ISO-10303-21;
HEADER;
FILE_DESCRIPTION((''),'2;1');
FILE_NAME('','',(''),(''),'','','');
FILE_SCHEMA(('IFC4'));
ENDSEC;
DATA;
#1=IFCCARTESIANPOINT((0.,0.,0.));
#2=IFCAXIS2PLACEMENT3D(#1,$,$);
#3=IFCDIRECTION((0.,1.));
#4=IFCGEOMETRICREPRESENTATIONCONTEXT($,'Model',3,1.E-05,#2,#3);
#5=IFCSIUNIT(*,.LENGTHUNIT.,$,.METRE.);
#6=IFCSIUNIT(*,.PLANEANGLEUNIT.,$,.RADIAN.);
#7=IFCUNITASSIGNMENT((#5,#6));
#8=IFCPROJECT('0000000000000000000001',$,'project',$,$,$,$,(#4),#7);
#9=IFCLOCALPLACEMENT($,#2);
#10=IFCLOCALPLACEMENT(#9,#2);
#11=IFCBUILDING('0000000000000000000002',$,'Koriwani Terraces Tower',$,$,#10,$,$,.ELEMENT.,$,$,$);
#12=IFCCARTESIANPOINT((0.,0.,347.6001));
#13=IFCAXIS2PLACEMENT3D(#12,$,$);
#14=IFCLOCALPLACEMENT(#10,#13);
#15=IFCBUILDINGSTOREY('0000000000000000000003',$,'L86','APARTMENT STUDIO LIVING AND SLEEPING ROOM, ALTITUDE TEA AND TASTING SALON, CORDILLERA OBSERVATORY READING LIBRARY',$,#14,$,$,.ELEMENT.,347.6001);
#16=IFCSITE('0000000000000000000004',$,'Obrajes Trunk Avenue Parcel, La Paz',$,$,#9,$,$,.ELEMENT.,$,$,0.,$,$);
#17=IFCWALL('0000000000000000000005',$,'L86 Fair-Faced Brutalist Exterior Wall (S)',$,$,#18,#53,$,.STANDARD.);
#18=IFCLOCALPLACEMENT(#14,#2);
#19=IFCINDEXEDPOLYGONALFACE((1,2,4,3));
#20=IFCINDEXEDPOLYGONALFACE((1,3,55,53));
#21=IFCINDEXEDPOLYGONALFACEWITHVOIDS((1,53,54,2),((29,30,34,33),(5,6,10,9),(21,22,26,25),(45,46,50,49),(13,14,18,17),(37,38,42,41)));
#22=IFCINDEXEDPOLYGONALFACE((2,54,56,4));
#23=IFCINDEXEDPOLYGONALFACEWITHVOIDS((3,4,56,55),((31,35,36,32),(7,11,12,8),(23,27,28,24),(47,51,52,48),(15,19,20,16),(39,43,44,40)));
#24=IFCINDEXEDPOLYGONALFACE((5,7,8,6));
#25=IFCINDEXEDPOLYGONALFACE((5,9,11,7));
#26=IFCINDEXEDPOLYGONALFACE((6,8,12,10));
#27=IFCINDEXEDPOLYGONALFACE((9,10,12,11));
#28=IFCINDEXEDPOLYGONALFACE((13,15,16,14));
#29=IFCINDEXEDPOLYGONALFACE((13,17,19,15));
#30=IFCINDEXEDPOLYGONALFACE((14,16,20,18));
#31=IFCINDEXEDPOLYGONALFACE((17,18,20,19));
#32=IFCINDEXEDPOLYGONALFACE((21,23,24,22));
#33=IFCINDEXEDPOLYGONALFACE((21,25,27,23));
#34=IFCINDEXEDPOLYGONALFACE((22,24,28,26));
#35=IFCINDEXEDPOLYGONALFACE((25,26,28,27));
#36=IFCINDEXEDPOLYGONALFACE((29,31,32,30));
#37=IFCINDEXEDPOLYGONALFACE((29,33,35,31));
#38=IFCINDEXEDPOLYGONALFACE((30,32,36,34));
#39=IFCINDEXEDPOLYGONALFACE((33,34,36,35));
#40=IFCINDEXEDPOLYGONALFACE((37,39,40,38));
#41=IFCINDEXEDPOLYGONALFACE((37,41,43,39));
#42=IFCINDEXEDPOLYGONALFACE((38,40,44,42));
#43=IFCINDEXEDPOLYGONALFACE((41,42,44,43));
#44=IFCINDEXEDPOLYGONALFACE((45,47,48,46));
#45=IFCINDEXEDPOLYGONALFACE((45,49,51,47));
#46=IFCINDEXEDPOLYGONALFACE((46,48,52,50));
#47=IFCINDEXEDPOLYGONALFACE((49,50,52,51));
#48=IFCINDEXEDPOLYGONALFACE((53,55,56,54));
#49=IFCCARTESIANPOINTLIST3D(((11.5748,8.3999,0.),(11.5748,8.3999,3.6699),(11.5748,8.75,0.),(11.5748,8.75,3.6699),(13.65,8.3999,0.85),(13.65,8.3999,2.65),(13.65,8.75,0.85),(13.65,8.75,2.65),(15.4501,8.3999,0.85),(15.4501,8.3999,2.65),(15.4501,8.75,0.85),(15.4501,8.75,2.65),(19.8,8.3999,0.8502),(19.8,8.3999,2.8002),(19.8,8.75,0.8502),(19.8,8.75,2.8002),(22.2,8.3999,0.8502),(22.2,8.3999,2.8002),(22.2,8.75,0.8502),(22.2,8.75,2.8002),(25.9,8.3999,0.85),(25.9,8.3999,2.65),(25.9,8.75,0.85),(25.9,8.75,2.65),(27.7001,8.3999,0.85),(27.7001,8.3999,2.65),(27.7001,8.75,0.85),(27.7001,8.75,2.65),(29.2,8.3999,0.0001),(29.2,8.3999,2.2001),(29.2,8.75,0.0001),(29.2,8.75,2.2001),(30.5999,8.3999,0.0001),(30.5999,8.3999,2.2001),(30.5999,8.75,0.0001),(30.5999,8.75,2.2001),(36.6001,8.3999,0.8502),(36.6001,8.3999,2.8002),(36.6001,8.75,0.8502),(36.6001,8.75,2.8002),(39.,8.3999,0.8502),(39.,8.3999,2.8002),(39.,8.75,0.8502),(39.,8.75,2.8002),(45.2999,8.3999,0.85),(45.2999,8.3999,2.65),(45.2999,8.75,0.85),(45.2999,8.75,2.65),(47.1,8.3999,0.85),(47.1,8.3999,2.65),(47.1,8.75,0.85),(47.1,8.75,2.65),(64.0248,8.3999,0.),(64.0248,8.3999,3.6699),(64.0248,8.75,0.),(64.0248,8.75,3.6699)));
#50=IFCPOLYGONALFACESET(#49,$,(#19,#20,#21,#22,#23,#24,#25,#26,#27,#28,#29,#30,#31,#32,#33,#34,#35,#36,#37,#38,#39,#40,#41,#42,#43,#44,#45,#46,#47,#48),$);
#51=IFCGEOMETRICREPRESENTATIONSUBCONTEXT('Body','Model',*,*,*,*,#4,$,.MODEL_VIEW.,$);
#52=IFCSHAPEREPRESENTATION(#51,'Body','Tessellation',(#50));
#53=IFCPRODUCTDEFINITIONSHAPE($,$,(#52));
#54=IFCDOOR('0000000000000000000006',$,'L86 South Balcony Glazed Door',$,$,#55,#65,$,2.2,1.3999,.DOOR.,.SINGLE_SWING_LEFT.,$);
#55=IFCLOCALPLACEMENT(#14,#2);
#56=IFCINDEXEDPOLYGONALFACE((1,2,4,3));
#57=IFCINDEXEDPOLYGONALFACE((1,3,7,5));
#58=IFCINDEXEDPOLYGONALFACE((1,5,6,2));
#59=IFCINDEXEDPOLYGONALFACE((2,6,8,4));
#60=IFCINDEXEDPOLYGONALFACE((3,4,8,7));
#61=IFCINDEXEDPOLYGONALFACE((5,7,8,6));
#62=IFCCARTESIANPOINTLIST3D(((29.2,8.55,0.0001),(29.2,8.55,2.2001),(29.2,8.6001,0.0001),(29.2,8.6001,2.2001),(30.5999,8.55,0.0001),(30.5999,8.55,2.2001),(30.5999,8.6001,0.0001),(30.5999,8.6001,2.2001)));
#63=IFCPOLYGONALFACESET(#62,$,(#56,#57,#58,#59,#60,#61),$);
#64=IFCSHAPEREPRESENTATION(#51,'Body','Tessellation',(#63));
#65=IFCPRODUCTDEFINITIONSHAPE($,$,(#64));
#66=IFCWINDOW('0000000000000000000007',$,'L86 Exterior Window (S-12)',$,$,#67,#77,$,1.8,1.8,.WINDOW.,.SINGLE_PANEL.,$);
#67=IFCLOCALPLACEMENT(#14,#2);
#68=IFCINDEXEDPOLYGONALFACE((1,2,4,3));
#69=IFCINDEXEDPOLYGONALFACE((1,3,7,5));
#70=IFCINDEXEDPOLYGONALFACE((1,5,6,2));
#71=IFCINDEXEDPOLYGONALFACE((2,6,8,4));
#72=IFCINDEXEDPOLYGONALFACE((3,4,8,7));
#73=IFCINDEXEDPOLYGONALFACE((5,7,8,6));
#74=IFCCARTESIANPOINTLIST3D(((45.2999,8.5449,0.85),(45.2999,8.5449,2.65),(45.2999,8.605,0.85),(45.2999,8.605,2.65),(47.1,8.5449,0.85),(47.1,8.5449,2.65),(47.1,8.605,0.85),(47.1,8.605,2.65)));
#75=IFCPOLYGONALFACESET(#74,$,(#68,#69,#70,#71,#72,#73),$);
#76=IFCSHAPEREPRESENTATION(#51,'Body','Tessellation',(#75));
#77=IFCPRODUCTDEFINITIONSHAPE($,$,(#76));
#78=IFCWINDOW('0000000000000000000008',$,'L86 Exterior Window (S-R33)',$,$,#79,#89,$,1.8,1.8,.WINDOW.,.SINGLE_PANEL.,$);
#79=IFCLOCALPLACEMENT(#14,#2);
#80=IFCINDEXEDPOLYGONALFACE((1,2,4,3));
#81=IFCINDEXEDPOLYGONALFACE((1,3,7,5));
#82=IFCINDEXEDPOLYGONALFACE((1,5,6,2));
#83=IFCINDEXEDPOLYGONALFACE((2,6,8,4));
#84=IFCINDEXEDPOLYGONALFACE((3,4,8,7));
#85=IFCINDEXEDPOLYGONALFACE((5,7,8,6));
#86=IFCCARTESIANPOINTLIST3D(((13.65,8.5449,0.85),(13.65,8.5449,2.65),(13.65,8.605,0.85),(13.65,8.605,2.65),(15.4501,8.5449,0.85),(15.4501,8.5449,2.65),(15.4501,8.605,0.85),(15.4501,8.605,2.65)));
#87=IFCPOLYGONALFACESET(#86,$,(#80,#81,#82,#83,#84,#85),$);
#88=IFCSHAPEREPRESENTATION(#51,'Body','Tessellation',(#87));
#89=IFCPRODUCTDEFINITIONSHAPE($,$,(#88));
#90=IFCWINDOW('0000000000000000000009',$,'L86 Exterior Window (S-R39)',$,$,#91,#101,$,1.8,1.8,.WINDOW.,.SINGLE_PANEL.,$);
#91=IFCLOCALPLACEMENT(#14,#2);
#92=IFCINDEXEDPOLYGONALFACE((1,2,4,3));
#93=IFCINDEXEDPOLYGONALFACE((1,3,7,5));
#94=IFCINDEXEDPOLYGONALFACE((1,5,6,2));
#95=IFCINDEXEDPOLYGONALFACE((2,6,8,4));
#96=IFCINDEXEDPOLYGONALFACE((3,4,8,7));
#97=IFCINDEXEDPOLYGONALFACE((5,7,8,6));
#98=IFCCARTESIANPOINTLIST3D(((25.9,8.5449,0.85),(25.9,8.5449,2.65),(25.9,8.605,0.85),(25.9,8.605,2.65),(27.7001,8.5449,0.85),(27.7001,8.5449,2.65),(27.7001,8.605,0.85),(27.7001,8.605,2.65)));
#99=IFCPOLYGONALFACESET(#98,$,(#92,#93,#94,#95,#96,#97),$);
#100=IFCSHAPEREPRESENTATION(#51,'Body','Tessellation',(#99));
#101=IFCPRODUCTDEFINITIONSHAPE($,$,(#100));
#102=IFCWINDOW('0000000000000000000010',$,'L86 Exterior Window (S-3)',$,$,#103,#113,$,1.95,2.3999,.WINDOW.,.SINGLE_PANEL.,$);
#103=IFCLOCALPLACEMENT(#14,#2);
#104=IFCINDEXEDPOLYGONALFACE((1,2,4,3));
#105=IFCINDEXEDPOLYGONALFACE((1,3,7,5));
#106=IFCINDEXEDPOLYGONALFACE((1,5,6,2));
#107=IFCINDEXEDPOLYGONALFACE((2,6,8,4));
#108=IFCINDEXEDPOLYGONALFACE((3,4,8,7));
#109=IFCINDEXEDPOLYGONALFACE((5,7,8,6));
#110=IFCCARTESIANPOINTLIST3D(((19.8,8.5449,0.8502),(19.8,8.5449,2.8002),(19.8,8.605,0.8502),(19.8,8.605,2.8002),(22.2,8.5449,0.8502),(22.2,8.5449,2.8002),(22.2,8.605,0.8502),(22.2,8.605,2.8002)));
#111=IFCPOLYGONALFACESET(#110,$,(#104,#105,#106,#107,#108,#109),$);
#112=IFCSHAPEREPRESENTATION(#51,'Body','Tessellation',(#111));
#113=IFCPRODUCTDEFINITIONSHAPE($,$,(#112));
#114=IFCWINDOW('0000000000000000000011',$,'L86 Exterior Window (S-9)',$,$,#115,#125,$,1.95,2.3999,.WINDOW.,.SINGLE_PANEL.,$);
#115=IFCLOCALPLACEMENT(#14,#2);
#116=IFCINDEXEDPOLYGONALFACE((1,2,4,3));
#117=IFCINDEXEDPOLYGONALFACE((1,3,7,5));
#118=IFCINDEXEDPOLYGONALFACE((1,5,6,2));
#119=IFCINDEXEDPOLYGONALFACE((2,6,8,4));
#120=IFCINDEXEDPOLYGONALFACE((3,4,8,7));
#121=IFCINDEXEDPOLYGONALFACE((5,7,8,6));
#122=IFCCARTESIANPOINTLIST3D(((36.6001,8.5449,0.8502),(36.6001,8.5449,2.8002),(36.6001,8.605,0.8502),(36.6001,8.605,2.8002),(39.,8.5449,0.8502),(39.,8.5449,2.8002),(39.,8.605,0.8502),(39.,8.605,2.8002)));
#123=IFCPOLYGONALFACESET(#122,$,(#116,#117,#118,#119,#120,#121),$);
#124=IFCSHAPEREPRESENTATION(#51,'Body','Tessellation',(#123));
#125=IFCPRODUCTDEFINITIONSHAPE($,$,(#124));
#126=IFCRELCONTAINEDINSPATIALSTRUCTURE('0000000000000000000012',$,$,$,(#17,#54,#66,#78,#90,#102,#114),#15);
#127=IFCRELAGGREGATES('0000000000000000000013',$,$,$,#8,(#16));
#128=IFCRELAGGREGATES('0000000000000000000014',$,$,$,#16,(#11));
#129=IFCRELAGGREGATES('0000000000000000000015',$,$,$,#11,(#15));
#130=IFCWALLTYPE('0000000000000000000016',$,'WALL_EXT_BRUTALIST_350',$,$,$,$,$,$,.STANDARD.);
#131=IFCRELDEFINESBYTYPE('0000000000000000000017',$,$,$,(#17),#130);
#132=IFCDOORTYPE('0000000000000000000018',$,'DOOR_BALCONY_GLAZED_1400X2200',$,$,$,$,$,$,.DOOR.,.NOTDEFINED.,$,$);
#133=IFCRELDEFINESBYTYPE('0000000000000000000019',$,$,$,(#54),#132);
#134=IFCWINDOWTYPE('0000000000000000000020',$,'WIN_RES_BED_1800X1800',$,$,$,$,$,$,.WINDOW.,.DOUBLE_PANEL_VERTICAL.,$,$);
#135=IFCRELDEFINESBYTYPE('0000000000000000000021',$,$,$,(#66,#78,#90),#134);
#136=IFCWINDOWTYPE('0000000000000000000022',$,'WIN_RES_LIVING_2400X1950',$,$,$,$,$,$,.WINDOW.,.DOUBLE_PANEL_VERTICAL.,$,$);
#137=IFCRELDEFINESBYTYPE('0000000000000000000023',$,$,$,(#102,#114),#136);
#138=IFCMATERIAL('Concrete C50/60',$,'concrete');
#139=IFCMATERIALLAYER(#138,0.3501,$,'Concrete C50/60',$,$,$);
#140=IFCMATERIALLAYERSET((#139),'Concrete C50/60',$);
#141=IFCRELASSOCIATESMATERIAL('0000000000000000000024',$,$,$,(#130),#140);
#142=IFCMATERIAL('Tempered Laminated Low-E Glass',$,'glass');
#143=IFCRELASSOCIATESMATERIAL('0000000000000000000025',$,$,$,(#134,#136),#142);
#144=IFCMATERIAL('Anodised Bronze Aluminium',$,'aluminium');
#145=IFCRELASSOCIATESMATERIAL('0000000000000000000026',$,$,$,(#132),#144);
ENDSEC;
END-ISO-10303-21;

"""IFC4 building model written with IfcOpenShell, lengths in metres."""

from ifc_helpers import new_model, si_unit, direction, frame, frame_2d, origin, place, context, subcontext, project, spatial, rectangle, extrude, material, layer, layer_set, type_object, element, fill, save


model = new_model("IFC4")

# Units and contexts
model_context = context("Model", 3, precision=1e-05, world=origin(), true_north=direction((0.0, 1.0)))
body_context = subcontext(model_context, "Body", "Model", "MODEL_VIEW")
ifc_project = project(units=[si_unit("LENGTHUNIT", "METRE"), si_unit("PLANEANGLEUNIT", "RADIAN")], contexts=[model_context])

# Site, building, storey
site_placement = place(None, origin())
site = spatial("IfcSite", under=ifc_project, at=site_placement, Name="Obrajes Trunk Avenue Parcel, La Paz", CompositionType="ELEMENT", RefElevation=0.0)
building_placement = place(site_placement, origin())
building = spatial("IfcBuilding", under=site, at=building_placement, Name="Koriwani Terraces Tower", CompositionType="ELEMENT")
storey_placement = place(building_placement, frame((0.0, 0.0, 347.6001)))
storey = spatial("IfcBuildingStorey", under=building, at=storey_placement, Name="L86", Description="APARTMENT STUDIO LIVING AND SLEEPING ROOM, ALTITUDE TEA AND TASTING SALON, CORDILLERA OBSERVATORY READING LIBRARY", CompositionType="ELEMENT", Elevation=347.6001)

# Shared definitions
ifc_material_1 = material(Name="Concrete C50/60", Category="concrete")

# Shared definitions
ifc_layer_1 = layer(ifc_material_1, 0.3501, Name="Concrete C50/60")
ifc_layer_set_1 = layer_set([ifc_layer_1], Name="Concrete C50/60")
wall_type_1 = type_object("IfcWallType", Name="WALL_EXT_BRUTALIST_350", PredefinedType="STANDARD", material=ifc_layer_set_1)
ifc_material_2 = material(Name="Tempered Laminated Low-E Glass", Category="glass")
window_type_1 = type_object("IfcWindowType", Name="WIN_RES_BED_1800X1800", PartitioningType="DOUBLE_PANEL_VERTICAL", PredefinedType="WINDOW", material=ifc_material_2)

# Wall, openings, door, windows
wall_1_placement = place(storey_placement, frame((64.0249, 8.575, 0.0), z_axis=(0.0, 0.0, 1.0), x_axis=(-1.0, 0.0, 0.0)))
wall_1 = element("IfcWall", 1, at=wall_1_placement, inside=storey, type_object=wall_type_1, Name="L86 Fair-Faced Brutalist Exterior Wall (S)", PredefinedType="STANDARD", context=body_context, shape_type="SweptSolid", body=[
    extrude(rectangle(XDim=52.45, YDim=0.3501, at=frame_2d((26.2251, 0.0))), origin(), (0.0, 0.0, 1.0), 3.6699),
])
opening_1_placement = place(wall_1_placement, frame((33.425, 0.0, 0.0)))
opening_1 = element("IfcOpeningElement", 2, at=opening_1_placement, cuts=wall_1, PredefinedType="OPENING", context=body_context, shape_type="SweptSolid", body=[
    extrude(rectangle(XDim=1.3999, YDim=2.2, at=frame_2d((0.7, 1.1001))), frame((0.0, 0.1851, 0.0), z_axis=(0.0, -1.0, 0.0), x_axis=(1.0, 0.0, 0.0)), (0.0, 0.0, 1.0), 0.3701),
])
opening_2_placement = place(wall_1_placement, frame((41.825, 0.0, 0.8501)))
opening_2 = element("IfcOpeningElement", 3, at=opening_2_placement, cuts=wall_1, PredefinedType="OPENING", context=body_context, shape_type="SweptSolid", body=[
    extrude(rectangle(XDim=2.3999, YDim=1.95, at=frame_2d((1.2, 0.9751))), frame((0.0, 0.1851, 0.0), z_axis=(0.0, -1.0, 0.0), x_axis=(1.0, 0.0, 0.0)), (0.0, 0.0, 1.0), 0.3701),
])
opening_3_placement = place(wall_1_placement, frame((25.0249, 0.0, 0.8501)))
opening_3 = element("IfcOpeningElement", 4, at=opening_3_placement, cuts=wall_1, PredefinedType="OPENING", context=body_context, shape_type="SweptSolid", body=[
    extrude(rectangle(XDim=2.3999, YDim=1.95, at=frame_2d((1.2, 0.9751))), frame((0.0, 0.1851, 0.0), z_axis=(0.0, -1.0, 0.0), x_axis=(1.0, 0.0, 0.0)), (0.0, 0.0, 1.0), 0.3701),
])
opening_4_placement = place(wall_1_placement, frame((16.925, 0.0, 0.8501)))
opening_4 = element("IfcOpeningElement", 5, at=opening_4_placement, cuts=wall_1, PredefinedType="OPENING", context=body_context, shape_type="SweptSolid", body=[
    extrude(rectangle(XDim=1.8, YDim=1.8, at=frame_2d((0.8999, 0.8999))), frame((0.0, 0.1851, 0.0), z_axis=(0.0, -1.0, 0.0), x_axis=(1.0, 0.0, 0.0)), (0.0, 0.0, 1.0), 0.3701),
])
opening_5_placement = place(wall_1_placement, frame((48.575, 0.0, 0.8501)))
opening_5 = element("IfcOpeningElement", 6, at=opening_5_placement, cuts=wall_1, PredefinedType="OPENING", context=body_context, shape_type="SweptSolid", body=[
    extrude(rectangle(XDim=1.8, YDim=1.8, at=frame_2d((0.8999, 0.8999))), frame((0.0, 0.1851, 0.0), z_axis=(0.0, -1.0, 0.0), x_axis=(1.0, 0.0, 0.0)), (0.0, 0.0, 1.0), 0.3701),
])
opening_6_placement = place(wall_1_placement, frame((36.325, 0.0, 0.8501)))
opening_6 = element("IfcOpeningElement", 7, at=opening_6_placement, cuts=wall_1, PredefinedType="OPENING", context=body_context, shape_type="SweptSolid", body=[
    extrude(rectangle(XDim=1.8, YDim=1.8, at=frame_2d((0.8999, 0.8999))), frame((0.0, 0.1851, 0.0), z_axis=(0.0, -1.0, 0.0), x_axis=(1.0, 0.0, 0.0)), (0.0, 0.0, 1.0), 0.3701),
])
ifc_material_3 = material(Name="Anodised Bronze Aluminium", Category="aluminium")
door_type_1 = type_object("IfcDoorType", Name="DOOR_BALCONY_GLAZED_1400X2200", OperationType="NOTDEFINED", PredefinedType="DOOR", material=ifc_material_3)
door_1_placement = place(opening_1_placement, origin())
door_1 = element("IfcDoor", 8, at=door_1_placement, inside=storey, type_object=door_type_1, Name="L86 South Balcony Glazed Door", OperationType="SINGLE_SWING_LEFT", OverallHeight=2.2, OverallWidth=1.3999, PredefinedType="DOOR", context=body_context, shape_type="SweptSolid", body=[
    extrude(rectangle(XDim=1.3999, YDim=2.2, at=frame_2d((0.7, 1.1001))), frame((0.0, 0.0249, 0.0), z_axis=(0.0, -1.0, 0.0), x_axis=(1.0, 0.0, 0.0)), (0.0, 0.0, 1.0), 0.05),
])
fill(opening_1, door_1)
window_1_placement = place(opening_4_placement, origin())
window_1 = element("IfcWindow", 9, at=window_1_placement, inside=storey, type_object=window_type_1, Name="L86 Exterior Window (S-12)", OverallHeight=1.8, OverallWidth=1.8, PartitioningType="SINGLE_PANEL", PredefinedType="WINDOW", context=body_context, shape_type="SweptSolid", body=[
    extrude(rectangle(XDim=1.8, YDim=1.8, at=frame_2d((0.8999, 0.8999))), frame((0.0, 0.03, 0.0), z_axis=(0.0, -1.0, 0.0), x_axis=(1.0, 0.0, 0.0)), (0.0, 0.0, 1.0), 0.0601),
])
fill(opening_4, window_1)
window_2_placement = place(opening_5_placement, origin())
window_2 = element("IfcWindow", 10, at=window_2_placement, inside=storey, type_object=window_type_1, Name="L86 Exterior Window (S-R33)", OverallHeight=1.8, OverallWidth=1.8, PartitioningType="SINGLE_PANEL", PredefinedType="WINDOW", context=body_context, shape_type="SweptSolid", body=[
    extrude(rectangle(XDim=1.8, YDim=1.8, at=frame_2d((0.8999, 0.8999))), frame((0.0, 0.03, 0.0), z_axis=(0.0, -1.0, 0.0), x_axis=(1.0, 0.0, 0.0)), (0.0, 0.0, 1.0), 0.0601),
])
fill(opening_5, window_2)
window_3_placement = place(opening_6_placement, origin())
window_3 = element("IfcWindow", 11, at=window_3_placement, inside=storey, type_object=window_type_1, Name="L86 Exterior Window (S-R39)", OverallHeight=1.8, OverallWidth=1.8, PartitioningType="SINGLE_PANEL", PredefinedType="WINDOW", context=body_context, shape_type="SweptSolid", body=[
    extrude(rectangle(XDim=1.8, YDim=1.8, at=frame_2d((0.8999, 0.8999))), frame((0.0, 0.03, 0.0), z_axis=(0.0, -1.0, 0.0), x_axis=(1.0, 0.0, 0.0)), (0.0, 0.0, 1.0), 0.0601),
])
fill(opening_6, window_3)
window_type_2 = type_object("IfcWindowType", Name="WIN_RES_LIVING_2400X1950", PartitioningType="DOUBLE_PANEL_VERTICAL", PredefinedType="WINDOW", material=ifc_material_2)
window_4_placement = place(opening_2_placement, origin())
window_4 = element("IfcWindow", 12, at=window_4_placement, inside=storey, type_object=window_type_2, Name="L86 Exterior Window (S-3)", OverallHeight=1.95, OverallWidth=2.3999, PartitioningType="SINGLE_PANEL", PredefinedType="WINDOW", context=body_context, shape_type="SweptSolid", body=[
    extrude(rectangle(XDim=2.3999, YDim=1.95, at=frame_2d((1.2, 0.9751))), frame((0.0, 0.03, 0.0), z_axis=(0.0, -1.0, 0.0), x_axis=(1.0, 0.0, 0.0)), (0.0, 0.0, 1.0), 0.0601),
])
fill(opening_2, window_4)
window_5_placement = place(opening_3_placement, origin())
window_5 = element("IfcWindow", 13, at=window_5_placement, inside=storey, type_object=window_type_2, Name="L86 Exterior Window (S-9)", OverallHeight=1.95, OverallWidth=2.3999, PartitioningType="SINGLE_PANEL", PredefinedType="WINDOW", context=body_context, shape_type="SweptSolid", body=[
    extrude(rectangle(XDim=2.3999, YDim=1.95, at=frame_2d((1.2, 0.9751))), frame((0.0, 0.03, 0.0), z_axis=(0.0, -1.0, 0.0), x_axis=(1.0, 0.0, 0.0)), (0.0, 0.0, 1.0), 0.0601),
])
fill(opening_3, window_5)

save(model, "model.ifc")
